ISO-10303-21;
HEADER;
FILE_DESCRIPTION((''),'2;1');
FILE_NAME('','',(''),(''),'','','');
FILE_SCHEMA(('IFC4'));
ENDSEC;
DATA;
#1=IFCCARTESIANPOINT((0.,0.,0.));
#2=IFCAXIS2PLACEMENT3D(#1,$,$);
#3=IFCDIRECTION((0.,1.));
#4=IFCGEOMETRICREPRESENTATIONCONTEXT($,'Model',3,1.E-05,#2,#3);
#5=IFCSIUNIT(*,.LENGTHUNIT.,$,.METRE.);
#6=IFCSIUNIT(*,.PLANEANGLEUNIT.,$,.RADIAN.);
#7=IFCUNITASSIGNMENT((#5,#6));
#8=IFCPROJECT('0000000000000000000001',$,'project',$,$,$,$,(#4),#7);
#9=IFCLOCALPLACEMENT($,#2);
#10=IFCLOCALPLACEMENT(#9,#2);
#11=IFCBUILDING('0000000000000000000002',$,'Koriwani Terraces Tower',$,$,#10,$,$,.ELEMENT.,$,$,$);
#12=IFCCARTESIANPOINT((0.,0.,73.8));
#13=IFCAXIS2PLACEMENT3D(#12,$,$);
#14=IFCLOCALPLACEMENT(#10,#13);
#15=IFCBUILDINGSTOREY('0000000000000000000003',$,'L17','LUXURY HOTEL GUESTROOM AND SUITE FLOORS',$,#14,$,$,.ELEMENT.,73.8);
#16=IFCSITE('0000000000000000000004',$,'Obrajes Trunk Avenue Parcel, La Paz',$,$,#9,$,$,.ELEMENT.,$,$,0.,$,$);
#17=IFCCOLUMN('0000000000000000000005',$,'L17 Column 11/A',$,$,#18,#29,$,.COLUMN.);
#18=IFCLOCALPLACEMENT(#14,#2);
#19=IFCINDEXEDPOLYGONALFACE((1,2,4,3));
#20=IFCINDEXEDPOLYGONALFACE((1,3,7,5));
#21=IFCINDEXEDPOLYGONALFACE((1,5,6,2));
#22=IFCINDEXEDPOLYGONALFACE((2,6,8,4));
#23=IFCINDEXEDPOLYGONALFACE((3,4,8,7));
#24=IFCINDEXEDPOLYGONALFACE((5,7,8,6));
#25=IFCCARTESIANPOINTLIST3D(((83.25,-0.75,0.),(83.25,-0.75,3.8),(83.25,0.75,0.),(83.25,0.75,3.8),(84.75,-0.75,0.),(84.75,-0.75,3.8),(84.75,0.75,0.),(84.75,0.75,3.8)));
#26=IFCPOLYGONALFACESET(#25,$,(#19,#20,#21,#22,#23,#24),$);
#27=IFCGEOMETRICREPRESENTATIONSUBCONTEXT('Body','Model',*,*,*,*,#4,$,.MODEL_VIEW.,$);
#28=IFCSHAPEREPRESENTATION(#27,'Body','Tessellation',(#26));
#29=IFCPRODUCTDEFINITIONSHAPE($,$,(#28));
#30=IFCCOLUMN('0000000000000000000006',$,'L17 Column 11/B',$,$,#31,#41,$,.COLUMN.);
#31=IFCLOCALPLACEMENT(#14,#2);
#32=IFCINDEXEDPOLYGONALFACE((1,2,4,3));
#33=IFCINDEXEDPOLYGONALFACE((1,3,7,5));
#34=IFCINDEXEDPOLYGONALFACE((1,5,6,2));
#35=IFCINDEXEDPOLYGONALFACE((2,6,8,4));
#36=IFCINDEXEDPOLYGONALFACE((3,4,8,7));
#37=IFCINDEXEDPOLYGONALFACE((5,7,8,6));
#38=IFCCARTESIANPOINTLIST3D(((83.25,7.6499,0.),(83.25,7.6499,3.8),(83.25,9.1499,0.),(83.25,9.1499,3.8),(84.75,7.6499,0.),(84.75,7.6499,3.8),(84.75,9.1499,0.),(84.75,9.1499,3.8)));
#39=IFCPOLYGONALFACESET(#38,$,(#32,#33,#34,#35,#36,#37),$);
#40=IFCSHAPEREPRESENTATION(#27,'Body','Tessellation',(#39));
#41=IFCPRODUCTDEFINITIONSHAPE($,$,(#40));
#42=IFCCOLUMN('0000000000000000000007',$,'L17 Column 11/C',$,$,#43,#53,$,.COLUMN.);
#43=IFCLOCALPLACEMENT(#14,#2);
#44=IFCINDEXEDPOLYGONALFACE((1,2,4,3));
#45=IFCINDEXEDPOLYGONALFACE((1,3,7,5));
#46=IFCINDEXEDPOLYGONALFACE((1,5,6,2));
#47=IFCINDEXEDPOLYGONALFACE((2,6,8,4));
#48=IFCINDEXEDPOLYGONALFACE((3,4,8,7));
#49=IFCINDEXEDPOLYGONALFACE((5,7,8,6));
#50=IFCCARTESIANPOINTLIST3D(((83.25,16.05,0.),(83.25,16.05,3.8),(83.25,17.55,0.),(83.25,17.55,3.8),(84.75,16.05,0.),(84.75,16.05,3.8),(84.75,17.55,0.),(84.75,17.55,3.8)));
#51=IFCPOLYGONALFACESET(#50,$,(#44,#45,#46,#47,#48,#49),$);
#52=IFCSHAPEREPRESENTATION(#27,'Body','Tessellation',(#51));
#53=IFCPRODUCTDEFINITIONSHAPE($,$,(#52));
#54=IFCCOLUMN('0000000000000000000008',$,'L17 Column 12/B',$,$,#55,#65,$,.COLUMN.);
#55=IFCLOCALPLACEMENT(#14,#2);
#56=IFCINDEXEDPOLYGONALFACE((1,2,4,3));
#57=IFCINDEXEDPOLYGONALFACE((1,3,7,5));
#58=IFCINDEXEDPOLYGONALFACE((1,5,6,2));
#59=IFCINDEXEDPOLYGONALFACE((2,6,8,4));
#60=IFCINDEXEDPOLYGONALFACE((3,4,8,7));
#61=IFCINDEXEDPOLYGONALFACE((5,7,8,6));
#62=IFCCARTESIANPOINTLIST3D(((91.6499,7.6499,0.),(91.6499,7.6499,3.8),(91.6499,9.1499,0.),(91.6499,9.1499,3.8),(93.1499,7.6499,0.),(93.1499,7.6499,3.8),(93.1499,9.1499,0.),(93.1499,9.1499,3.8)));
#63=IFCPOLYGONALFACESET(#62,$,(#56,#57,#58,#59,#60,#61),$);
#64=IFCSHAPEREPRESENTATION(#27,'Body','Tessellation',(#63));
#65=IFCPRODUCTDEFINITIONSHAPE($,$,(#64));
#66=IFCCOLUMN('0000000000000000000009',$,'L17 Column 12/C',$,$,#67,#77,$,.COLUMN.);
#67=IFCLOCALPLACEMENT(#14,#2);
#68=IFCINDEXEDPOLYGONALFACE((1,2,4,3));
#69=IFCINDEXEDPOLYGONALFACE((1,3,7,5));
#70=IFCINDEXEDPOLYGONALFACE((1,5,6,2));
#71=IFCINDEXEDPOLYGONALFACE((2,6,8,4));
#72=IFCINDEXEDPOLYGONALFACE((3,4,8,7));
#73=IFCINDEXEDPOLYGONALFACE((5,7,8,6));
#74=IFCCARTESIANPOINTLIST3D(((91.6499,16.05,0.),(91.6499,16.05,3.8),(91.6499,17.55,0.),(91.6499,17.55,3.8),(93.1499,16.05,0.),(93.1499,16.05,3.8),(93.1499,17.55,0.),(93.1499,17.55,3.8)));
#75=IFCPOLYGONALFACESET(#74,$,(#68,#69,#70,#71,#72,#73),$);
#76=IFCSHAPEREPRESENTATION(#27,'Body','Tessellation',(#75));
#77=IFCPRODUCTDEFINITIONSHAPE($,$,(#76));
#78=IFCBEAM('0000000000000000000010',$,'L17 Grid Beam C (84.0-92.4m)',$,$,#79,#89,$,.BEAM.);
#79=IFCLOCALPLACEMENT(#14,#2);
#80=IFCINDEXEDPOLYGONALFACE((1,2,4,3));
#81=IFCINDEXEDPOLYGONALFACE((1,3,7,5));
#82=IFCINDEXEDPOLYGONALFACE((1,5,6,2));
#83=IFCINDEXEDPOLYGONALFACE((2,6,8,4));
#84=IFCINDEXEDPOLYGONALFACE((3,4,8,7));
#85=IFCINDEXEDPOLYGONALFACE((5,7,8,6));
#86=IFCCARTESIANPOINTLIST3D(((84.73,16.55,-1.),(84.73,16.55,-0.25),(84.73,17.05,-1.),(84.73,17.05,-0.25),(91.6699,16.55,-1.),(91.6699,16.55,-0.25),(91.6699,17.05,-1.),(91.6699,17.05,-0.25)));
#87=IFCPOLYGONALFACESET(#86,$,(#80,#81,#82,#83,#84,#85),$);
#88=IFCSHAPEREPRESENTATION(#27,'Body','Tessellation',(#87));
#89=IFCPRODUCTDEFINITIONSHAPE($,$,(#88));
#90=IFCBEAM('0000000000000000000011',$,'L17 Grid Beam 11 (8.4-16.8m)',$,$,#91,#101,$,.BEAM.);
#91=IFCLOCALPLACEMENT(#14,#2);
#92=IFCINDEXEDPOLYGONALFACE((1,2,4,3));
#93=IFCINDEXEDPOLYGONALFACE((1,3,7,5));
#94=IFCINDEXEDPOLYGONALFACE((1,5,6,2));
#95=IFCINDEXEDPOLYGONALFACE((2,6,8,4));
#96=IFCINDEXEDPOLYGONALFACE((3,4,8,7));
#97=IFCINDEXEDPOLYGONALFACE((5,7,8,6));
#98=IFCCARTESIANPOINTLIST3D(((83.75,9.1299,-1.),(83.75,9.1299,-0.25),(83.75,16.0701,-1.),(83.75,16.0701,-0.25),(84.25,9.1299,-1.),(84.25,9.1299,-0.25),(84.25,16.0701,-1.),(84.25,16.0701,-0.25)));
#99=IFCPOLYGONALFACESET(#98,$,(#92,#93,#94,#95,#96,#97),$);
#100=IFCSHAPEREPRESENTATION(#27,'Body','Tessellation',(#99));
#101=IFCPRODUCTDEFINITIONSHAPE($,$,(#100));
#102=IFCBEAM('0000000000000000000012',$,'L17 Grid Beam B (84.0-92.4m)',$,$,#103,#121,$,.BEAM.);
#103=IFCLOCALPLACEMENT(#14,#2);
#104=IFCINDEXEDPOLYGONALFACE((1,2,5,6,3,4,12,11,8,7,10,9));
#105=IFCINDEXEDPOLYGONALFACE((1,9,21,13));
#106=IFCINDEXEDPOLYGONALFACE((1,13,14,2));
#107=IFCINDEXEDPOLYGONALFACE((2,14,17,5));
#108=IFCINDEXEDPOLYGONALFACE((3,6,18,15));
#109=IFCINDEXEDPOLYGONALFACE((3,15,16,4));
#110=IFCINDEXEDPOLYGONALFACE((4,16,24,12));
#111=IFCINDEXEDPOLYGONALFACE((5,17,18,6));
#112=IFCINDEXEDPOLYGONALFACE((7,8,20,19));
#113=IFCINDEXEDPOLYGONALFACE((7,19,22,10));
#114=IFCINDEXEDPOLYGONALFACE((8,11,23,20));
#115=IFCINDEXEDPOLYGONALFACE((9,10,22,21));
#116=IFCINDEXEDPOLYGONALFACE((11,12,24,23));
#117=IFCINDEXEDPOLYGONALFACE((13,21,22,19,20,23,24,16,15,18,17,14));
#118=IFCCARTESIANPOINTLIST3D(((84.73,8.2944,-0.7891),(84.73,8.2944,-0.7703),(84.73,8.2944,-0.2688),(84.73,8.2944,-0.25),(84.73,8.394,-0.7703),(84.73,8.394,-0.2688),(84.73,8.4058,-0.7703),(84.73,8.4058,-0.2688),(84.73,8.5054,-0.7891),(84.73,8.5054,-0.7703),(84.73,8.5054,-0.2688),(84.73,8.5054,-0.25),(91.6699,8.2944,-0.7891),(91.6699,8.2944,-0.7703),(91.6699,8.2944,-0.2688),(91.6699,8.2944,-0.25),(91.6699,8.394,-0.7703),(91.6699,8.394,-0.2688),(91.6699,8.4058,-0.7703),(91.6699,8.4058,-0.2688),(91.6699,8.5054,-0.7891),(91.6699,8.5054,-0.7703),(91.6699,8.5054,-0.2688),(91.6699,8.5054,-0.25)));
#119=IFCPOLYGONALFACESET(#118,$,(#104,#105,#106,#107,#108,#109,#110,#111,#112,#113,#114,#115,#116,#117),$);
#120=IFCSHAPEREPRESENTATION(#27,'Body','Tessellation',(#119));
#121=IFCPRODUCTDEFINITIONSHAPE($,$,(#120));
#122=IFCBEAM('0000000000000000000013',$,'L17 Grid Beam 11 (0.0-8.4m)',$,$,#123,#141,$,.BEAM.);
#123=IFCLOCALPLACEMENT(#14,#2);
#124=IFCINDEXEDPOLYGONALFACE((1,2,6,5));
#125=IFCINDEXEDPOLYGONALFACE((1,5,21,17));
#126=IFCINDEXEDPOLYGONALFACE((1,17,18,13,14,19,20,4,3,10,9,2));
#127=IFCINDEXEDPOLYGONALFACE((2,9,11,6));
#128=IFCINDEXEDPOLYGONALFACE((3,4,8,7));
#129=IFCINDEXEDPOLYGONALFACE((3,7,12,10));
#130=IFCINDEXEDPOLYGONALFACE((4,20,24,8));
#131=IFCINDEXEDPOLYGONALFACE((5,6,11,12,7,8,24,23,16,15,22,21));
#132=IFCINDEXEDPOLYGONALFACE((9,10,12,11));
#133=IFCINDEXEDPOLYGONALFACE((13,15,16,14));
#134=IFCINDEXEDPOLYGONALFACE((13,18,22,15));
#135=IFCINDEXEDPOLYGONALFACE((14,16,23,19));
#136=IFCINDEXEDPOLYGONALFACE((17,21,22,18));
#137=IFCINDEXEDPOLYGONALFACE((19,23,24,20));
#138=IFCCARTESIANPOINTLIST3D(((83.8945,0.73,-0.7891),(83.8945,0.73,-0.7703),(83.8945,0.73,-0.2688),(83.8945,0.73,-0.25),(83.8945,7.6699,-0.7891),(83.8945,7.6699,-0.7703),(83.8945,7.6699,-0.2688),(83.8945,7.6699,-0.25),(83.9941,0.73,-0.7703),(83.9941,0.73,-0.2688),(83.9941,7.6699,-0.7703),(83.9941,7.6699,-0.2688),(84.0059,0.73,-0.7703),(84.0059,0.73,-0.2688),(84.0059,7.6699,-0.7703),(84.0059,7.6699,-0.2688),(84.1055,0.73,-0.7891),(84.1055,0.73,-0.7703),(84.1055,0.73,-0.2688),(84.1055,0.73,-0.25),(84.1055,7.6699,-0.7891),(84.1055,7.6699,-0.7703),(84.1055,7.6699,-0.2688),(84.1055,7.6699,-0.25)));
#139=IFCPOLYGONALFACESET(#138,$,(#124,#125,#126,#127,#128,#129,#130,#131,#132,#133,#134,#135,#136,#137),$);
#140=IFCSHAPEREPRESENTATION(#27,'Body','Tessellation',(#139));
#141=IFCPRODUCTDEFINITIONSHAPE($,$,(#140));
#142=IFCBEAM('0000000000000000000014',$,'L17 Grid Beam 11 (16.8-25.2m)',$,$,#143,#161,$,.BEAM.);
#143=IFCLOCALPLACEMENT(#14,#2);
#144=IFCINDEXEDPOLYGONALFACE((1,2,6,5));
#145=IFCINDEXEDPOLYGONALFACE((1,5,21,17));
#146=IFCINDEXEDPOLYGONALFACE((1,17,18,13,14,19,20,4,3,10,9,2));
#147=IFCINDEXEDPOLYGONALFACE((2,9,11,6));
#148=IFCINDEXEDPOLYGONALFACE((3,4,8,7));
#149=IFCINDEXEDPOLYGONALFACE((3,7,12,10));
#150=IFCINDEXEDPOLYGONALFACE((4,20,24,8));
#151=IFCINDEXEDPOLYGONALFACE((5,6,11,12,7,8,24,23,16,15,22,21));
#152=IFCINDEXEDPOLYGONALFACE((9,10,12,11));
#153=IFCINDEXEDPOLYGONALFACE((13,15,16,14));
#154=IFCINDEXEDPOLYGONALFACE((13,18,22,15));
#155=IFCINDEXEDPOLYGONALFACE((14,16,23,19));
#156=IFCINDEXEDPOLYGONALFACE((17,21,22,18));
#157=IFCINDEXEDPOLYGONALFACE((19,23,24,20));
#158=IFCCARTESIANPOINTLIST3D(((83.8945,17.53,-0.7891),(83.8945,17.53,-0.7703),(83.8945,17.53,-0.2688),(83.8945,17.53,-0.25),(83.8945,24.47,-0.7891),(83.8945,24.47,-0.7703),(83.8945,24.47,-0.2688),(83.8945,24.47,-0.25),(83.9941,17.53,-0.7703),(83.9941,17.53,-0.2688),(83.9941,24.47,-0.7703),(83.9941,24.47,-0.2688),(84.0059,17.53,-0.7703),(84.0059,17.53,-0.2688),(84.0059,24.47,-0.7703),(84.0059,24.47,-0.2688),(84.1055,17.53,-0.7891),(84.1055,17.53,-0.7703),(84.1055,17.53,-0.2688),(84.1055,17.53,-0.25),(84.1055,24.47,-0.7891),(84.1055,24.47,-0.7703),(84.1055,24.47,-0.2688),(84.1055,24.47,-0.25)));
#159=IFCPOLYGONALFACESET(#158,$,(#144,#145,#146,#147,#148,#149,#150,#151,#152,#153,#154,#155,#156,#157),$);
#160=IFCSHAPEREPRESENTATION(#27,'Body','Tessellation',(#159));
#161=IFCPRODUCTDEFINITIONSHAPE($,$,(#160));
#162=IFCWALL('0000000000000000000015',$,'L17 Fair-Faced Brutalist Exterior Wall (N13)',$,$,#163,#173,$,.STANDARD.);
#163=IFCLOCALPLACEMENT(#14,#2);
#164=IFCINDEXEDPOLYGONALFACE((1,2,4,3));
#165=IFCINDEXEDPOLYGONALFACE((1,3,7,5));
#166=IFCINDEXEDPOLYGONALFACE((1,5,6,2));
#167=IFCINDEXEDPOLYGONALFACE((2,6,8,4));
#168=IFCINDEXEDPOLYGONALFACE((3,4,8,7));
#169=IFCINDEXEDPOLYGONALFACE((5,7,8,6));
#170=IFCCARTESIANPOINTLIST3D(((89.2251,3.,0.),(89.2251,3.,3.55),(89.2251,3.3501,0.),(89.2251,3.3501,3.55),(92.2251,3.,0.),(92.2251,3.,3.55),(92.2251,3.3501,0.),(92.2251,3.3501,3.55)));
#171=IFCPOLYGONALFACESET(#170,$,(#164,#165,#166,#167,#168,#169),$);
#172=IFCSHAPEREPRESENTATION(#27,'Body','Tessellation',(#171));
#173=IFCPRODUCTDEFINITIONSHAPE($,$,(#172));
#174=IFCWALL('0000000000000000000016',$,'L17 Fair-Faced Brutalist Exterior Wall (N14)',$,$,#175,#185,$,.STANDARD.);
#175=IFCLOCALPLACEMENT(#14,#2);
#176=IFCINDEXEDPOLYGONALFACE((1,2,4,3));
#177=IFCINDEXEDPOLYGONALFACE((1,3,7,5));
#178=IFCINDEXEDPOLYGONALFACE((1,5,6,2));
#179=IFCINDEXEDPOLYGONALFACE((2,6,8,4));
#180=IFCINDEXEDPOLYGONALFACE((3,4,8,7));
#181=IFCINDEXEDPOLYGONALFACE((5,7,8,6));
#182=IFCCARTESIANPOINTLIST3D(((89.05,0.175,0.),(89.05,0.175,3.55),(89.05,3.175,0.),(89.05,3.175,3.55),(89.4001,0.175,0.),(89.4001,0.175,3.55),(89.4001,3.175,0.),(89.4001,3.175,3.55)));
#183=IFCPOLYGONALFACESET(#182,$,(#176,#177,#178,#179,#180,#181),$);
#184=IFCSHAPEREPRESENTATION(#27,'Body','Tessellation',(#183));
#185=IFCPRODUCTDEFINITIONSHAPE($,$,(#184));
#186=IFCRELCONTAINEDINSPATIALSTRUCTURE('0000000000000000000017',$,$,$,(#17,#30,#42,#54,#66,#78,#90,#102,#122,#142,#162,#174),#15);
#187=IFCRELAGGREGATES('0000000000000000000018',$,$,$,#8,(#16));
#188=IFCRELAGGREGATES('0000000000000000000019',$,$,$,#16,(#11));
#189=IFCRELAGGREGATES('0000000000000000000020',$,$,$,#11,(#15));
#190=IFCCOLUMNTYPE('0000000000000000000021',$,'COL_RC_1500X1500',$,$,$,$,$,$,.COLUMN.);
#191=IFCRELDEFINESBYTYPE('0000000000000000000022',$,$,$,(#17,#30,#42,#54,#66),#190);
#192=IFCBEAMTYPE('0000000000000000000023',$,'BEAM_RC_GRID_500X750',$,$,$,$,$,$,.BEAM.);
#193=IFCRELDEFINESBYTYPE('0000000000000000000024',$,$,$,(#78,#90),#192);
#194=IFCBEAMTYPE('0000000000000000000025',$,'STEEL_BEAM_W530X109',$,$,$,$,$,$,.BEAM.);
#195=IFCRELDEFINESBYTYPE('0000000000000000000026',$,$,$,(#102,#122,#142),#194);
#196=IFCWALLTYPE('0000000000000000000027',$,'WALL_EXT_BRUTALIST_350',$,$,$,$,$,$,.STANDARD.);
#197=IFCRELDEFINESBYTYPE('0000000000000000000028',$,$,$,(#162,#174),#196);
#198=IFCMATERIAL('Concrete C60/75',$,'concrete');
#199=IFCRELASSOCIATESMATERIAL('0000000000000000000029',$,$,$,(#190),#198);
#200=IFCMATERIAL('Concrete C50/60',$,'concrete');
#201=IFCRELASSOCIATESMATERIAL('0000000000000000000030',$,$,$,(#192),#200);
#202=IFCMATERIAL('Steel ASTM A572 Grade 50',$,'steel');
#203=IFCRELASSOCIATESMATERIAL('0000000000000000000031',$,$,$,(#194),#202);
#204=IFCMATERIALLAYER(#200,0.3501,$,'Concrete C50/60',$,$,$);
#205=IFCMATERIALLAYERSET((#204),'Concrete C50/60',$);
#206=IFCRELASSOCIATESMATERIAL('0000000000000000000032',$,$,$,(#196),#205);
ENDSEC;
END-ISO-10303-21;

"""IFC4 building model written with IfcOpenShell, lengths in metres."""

from ifc_helpers import new_model, si_unit, direction, frame, frame_2d, origin, origin_2d, place, context, subcontext, project, spatial, rectangle, i_section, extrude, material, layer, layer_set, material_profile, profile_set, type_object, element, save


model = new_model("IFC4")

# Units and contexts
model_context = context("Model", 3, precision=1e-05, world=origin(), true_north=direction((0.0, 1.0)))
body_context = subcontext(model_context, "Body", "Model", "MODEL_VIEW")
ifc_project = project(units=[si_unit("LENGTHUNIT", "METRE"), si_unit("PLANEANGLEUNIT", "RADIAN")], contexts=[model_context])

# Site, building, storey
site_placement = place(None, origin())
site = spatial("IfcSite", under=ifc_project, at=site_placement, Name="Obrajes Trunk Avenue Parcel, La Paz", CompositionType="ELEMENT", RefElevation=0.0)
building_placement = place(site_placement, origin())
building = spatial("IfcBuilding", under=site, at=building_placement, Name="Koriwani Terraces Tower", CompositionType="ELEMENT")
storey_placement = place(building_placement, frame((0.0, 0.0, 73.8)))
storey = spatial("IfcBuildingStorey", under=building, at=storey_placement, Name="L17", Description="LUXURY HOTEL GUESTROOM AND SUITE FLOORS", CompositionType="ELEMENT", Elevation=73.8)

# Columns
ifc_material_1 = material(Name="Concrete C60/75", Category="concrete")
ifc_material_profile_1 = material_profile(ifc_material_1, rectangle(XDim=1.5, YDim=1.5, at=origin_2d()), Name="Concrete C60/75", Category="LoadBearing")
ifc_profile_set_1 = profile_set([ifc_material_profile_1], Name="Concrete C60/75")
column_type = type_object("IfcColumnType", Name="COL_RC_1500X1500", PredefinedType="COLUMN", material=ifc_profile_set_1)
for number, where, z_axis, x_axis, name in (
    (1, (84.0, 0.0, 0.0), (0.0, 0.0, 1.0), (1.0, 0.0, 0.0), "L17 Column 11/A"),
    (2, (84.0, 8.3999, 0.0), (0.0, 0.0, 1.0), (1.0, 0.0, 0.0), "L17 Column 11/B"),
    (3, (84.0, 16.8, 0.0), (0.0, 0.0, 1.0), (1.0, 0.0, 0.0), "L17 Column 11/C"),
    (4, (92.3999, 8.3999, 0.0), (0.0, 0.0, 1.0), (1.0, 0.0, 0.0), "L17 Column 12/B"),
    (5, (92.3999, 16.8, 0.0), (0.0, 0.0, 1.0), (1.0, 0.0, 0.0), "L17 Column 12/C"),
):
    element("IfcColumn", number, at=place(storey_placement, frame(where, z_axis=z_axis, x_axis=x_axis)), inside=storey, type_object=column_type, Name=name, PredefinedType="COLUMN", context=body_context, shape_type="SweptSolid", body=[
        extrude(rectangle(XDim=1.5, YDim=1.5, at=origin_2d()), origin(), (0.0, 0.0, 1.0), 3.8),
    ])

# Beams
ifc_material_2 = material(Name="Concrete C50/60", Category="concrete")
ifc_material_profile_2 = material_profile(ifc_material_2, rectangle(XDim=0.5, YDim=0.75, at=origin_2d()), Name="Concrete C50/60", Category="LoadBearing")
ifc_profile_set_2 = profile_set([ifc_material_profile_2], Name="Concrete C50/60")
beam_type_1 = type_object("IfcBeamType", Name="BEAM_RC_GRID_500X750", PredefinedType="BEAM", material=ifc_profile_set_2)
beam_1_placement = place(storey_placement, frame((84.73, 16.8, -0.625), z_axis=(1.0, 0.0, 0.0), x_axis=(0.0, 1.0, 0.0)))
element("IfcBeam", 6, at=beam_1_placement, inside=storey, type_object=beam_type_1, Name="L17 Grid Beam C (84.0-92.4m)", PredefinedType="BEAM", context=body_context, shape_type="SweptSolid", body=[
    extrude(rectangle(XDim=0.5, YDim=0.75, at=origin_2d()), origin(), (0.0, 0.0, 1.0), 6.9399),
])
beam_2_placement = place(storey_placement, frame((84.0, 9.1299, -0.625), z_axis=(0.0, 1.0, 0.0), x_axis=(-1.0, 0.0, 0.0)))
element("IfcBeam", 7, at=beam_2_placement, inside=storey, type_object=beam_type_1, Name="L17 Grid Beam 11 (8.4-16.8m)", PredefinedType="BEAM", context=body_context, shape_type="SweptSolid", body=[
    extrude(rectangle(XDim=0.5, YDim=0.75, at=origin_2d()), origin(), (0.0, 0.0, 1.0), 6.9402),
])
ifc_material_3 = material(Name="Steel ASTM A572 Grade 50", Category="steel")
ifc_material_profile_3 = material_profile(ifc_material_3, i_section(OverallWidth=0.2109, OverallDepth=0.5391, WebThickness=0.0117, FlangeThickness=0.0188, at=origin_2d()), Name="Steel ASTM A572 Grade 50", Category="LoadBearing")
ifc_profile_set_3 = profile_set([ifc_material_profile_3], Name="Steel ASTM A572 Grade 50")
beam_type_2 = type_object("IfcBeamType", Name="STEEL_BEAM_W530X109", PredefinedType="BEAM", material=ifc_profile_set_3)
for number, where, z_axis, x_axis, name in (
    (8, (84.73, 8.3999, -0.5195), (1.0, 0.0, 0.0), (0.0, 1.0, 0.0), "L17 Grid Beam B (84.0-92.4m)"),
    (9, (84.0, 0.73, -0.5195), (0.0, 1.0, 0.0), (-1.0, 0.0, 0.0), "L17 Grid Beam 11 (0.0-8.4m)"),
    (10, (84.0, 17.53, -0.5195), (0.0, 1.0, 0.0), (-1.0, 0.0, 0.0), "L17 Grid Beam 11 (16.8-25.2m)"),
):
    element("IfcBeam", number, at=place(storey_placement, frame(where, z_axis=z_axis, x_axis=x_axis)), inside=storey, type_object=beam_type_2, Name=name, PredefinedType="BEAM", context=body_context, shape_type="SweptSolid", body=[
        extrude(i_section(OverallWidth=0.2109, OverallDepth=0.5391, WebThickness=0.0117, FlangeThickness=0.0188, at=origin_2d()), origin(), (0.0, 0.0, 1.0), 6.9399),
    ])

# Walls
ifc_layer_1 = layer(ifc_material_2, 0.3501, Name="Concrete C50/60")
ifc_layer_set_1 = layer_set([ifc_layer_1], Name="Concrete C50/60")
wall_type_1 = type_object("IfcWallType", Name="WALL_EXT_BRUTALIST_350", PredefinedType="STANDARD", material=ifc_layer_set_1)
for number, where, z_axis, x_axis, name in (
    (11, (92.2251, 3.175, 0.0), (0.0, 0.0, 1.0), (-1.0, 0.0, 0.0), "L17 Fair-Faced Brutalist Exterior Wall (N13)"),
    (12, (89.2251, 3.175, 0.0), (0.0, 0.0, 1.0), (0.0, -1.0, 0.0), "L17 Fair-Faced Brutalist Exterior Wall (N14)"),
):
    element("IfcWall", number, at=place(storey_placement, frame(where, z_axis=z_axis, x_axis=x_axis)), inside=storey, type_object=wall_type_1, Name=name, PredefinedType="STANDARD", context=body_context, shape_type="SweptSolid", body=[
        extrude(rectangle(XDim=3.0, YDim=0.3501, at=frame_2d((1.5, 0.0))), origin(), (0.0, 0.0, 1.0), 3.55),
    ])

save(model, "model.ifc")
